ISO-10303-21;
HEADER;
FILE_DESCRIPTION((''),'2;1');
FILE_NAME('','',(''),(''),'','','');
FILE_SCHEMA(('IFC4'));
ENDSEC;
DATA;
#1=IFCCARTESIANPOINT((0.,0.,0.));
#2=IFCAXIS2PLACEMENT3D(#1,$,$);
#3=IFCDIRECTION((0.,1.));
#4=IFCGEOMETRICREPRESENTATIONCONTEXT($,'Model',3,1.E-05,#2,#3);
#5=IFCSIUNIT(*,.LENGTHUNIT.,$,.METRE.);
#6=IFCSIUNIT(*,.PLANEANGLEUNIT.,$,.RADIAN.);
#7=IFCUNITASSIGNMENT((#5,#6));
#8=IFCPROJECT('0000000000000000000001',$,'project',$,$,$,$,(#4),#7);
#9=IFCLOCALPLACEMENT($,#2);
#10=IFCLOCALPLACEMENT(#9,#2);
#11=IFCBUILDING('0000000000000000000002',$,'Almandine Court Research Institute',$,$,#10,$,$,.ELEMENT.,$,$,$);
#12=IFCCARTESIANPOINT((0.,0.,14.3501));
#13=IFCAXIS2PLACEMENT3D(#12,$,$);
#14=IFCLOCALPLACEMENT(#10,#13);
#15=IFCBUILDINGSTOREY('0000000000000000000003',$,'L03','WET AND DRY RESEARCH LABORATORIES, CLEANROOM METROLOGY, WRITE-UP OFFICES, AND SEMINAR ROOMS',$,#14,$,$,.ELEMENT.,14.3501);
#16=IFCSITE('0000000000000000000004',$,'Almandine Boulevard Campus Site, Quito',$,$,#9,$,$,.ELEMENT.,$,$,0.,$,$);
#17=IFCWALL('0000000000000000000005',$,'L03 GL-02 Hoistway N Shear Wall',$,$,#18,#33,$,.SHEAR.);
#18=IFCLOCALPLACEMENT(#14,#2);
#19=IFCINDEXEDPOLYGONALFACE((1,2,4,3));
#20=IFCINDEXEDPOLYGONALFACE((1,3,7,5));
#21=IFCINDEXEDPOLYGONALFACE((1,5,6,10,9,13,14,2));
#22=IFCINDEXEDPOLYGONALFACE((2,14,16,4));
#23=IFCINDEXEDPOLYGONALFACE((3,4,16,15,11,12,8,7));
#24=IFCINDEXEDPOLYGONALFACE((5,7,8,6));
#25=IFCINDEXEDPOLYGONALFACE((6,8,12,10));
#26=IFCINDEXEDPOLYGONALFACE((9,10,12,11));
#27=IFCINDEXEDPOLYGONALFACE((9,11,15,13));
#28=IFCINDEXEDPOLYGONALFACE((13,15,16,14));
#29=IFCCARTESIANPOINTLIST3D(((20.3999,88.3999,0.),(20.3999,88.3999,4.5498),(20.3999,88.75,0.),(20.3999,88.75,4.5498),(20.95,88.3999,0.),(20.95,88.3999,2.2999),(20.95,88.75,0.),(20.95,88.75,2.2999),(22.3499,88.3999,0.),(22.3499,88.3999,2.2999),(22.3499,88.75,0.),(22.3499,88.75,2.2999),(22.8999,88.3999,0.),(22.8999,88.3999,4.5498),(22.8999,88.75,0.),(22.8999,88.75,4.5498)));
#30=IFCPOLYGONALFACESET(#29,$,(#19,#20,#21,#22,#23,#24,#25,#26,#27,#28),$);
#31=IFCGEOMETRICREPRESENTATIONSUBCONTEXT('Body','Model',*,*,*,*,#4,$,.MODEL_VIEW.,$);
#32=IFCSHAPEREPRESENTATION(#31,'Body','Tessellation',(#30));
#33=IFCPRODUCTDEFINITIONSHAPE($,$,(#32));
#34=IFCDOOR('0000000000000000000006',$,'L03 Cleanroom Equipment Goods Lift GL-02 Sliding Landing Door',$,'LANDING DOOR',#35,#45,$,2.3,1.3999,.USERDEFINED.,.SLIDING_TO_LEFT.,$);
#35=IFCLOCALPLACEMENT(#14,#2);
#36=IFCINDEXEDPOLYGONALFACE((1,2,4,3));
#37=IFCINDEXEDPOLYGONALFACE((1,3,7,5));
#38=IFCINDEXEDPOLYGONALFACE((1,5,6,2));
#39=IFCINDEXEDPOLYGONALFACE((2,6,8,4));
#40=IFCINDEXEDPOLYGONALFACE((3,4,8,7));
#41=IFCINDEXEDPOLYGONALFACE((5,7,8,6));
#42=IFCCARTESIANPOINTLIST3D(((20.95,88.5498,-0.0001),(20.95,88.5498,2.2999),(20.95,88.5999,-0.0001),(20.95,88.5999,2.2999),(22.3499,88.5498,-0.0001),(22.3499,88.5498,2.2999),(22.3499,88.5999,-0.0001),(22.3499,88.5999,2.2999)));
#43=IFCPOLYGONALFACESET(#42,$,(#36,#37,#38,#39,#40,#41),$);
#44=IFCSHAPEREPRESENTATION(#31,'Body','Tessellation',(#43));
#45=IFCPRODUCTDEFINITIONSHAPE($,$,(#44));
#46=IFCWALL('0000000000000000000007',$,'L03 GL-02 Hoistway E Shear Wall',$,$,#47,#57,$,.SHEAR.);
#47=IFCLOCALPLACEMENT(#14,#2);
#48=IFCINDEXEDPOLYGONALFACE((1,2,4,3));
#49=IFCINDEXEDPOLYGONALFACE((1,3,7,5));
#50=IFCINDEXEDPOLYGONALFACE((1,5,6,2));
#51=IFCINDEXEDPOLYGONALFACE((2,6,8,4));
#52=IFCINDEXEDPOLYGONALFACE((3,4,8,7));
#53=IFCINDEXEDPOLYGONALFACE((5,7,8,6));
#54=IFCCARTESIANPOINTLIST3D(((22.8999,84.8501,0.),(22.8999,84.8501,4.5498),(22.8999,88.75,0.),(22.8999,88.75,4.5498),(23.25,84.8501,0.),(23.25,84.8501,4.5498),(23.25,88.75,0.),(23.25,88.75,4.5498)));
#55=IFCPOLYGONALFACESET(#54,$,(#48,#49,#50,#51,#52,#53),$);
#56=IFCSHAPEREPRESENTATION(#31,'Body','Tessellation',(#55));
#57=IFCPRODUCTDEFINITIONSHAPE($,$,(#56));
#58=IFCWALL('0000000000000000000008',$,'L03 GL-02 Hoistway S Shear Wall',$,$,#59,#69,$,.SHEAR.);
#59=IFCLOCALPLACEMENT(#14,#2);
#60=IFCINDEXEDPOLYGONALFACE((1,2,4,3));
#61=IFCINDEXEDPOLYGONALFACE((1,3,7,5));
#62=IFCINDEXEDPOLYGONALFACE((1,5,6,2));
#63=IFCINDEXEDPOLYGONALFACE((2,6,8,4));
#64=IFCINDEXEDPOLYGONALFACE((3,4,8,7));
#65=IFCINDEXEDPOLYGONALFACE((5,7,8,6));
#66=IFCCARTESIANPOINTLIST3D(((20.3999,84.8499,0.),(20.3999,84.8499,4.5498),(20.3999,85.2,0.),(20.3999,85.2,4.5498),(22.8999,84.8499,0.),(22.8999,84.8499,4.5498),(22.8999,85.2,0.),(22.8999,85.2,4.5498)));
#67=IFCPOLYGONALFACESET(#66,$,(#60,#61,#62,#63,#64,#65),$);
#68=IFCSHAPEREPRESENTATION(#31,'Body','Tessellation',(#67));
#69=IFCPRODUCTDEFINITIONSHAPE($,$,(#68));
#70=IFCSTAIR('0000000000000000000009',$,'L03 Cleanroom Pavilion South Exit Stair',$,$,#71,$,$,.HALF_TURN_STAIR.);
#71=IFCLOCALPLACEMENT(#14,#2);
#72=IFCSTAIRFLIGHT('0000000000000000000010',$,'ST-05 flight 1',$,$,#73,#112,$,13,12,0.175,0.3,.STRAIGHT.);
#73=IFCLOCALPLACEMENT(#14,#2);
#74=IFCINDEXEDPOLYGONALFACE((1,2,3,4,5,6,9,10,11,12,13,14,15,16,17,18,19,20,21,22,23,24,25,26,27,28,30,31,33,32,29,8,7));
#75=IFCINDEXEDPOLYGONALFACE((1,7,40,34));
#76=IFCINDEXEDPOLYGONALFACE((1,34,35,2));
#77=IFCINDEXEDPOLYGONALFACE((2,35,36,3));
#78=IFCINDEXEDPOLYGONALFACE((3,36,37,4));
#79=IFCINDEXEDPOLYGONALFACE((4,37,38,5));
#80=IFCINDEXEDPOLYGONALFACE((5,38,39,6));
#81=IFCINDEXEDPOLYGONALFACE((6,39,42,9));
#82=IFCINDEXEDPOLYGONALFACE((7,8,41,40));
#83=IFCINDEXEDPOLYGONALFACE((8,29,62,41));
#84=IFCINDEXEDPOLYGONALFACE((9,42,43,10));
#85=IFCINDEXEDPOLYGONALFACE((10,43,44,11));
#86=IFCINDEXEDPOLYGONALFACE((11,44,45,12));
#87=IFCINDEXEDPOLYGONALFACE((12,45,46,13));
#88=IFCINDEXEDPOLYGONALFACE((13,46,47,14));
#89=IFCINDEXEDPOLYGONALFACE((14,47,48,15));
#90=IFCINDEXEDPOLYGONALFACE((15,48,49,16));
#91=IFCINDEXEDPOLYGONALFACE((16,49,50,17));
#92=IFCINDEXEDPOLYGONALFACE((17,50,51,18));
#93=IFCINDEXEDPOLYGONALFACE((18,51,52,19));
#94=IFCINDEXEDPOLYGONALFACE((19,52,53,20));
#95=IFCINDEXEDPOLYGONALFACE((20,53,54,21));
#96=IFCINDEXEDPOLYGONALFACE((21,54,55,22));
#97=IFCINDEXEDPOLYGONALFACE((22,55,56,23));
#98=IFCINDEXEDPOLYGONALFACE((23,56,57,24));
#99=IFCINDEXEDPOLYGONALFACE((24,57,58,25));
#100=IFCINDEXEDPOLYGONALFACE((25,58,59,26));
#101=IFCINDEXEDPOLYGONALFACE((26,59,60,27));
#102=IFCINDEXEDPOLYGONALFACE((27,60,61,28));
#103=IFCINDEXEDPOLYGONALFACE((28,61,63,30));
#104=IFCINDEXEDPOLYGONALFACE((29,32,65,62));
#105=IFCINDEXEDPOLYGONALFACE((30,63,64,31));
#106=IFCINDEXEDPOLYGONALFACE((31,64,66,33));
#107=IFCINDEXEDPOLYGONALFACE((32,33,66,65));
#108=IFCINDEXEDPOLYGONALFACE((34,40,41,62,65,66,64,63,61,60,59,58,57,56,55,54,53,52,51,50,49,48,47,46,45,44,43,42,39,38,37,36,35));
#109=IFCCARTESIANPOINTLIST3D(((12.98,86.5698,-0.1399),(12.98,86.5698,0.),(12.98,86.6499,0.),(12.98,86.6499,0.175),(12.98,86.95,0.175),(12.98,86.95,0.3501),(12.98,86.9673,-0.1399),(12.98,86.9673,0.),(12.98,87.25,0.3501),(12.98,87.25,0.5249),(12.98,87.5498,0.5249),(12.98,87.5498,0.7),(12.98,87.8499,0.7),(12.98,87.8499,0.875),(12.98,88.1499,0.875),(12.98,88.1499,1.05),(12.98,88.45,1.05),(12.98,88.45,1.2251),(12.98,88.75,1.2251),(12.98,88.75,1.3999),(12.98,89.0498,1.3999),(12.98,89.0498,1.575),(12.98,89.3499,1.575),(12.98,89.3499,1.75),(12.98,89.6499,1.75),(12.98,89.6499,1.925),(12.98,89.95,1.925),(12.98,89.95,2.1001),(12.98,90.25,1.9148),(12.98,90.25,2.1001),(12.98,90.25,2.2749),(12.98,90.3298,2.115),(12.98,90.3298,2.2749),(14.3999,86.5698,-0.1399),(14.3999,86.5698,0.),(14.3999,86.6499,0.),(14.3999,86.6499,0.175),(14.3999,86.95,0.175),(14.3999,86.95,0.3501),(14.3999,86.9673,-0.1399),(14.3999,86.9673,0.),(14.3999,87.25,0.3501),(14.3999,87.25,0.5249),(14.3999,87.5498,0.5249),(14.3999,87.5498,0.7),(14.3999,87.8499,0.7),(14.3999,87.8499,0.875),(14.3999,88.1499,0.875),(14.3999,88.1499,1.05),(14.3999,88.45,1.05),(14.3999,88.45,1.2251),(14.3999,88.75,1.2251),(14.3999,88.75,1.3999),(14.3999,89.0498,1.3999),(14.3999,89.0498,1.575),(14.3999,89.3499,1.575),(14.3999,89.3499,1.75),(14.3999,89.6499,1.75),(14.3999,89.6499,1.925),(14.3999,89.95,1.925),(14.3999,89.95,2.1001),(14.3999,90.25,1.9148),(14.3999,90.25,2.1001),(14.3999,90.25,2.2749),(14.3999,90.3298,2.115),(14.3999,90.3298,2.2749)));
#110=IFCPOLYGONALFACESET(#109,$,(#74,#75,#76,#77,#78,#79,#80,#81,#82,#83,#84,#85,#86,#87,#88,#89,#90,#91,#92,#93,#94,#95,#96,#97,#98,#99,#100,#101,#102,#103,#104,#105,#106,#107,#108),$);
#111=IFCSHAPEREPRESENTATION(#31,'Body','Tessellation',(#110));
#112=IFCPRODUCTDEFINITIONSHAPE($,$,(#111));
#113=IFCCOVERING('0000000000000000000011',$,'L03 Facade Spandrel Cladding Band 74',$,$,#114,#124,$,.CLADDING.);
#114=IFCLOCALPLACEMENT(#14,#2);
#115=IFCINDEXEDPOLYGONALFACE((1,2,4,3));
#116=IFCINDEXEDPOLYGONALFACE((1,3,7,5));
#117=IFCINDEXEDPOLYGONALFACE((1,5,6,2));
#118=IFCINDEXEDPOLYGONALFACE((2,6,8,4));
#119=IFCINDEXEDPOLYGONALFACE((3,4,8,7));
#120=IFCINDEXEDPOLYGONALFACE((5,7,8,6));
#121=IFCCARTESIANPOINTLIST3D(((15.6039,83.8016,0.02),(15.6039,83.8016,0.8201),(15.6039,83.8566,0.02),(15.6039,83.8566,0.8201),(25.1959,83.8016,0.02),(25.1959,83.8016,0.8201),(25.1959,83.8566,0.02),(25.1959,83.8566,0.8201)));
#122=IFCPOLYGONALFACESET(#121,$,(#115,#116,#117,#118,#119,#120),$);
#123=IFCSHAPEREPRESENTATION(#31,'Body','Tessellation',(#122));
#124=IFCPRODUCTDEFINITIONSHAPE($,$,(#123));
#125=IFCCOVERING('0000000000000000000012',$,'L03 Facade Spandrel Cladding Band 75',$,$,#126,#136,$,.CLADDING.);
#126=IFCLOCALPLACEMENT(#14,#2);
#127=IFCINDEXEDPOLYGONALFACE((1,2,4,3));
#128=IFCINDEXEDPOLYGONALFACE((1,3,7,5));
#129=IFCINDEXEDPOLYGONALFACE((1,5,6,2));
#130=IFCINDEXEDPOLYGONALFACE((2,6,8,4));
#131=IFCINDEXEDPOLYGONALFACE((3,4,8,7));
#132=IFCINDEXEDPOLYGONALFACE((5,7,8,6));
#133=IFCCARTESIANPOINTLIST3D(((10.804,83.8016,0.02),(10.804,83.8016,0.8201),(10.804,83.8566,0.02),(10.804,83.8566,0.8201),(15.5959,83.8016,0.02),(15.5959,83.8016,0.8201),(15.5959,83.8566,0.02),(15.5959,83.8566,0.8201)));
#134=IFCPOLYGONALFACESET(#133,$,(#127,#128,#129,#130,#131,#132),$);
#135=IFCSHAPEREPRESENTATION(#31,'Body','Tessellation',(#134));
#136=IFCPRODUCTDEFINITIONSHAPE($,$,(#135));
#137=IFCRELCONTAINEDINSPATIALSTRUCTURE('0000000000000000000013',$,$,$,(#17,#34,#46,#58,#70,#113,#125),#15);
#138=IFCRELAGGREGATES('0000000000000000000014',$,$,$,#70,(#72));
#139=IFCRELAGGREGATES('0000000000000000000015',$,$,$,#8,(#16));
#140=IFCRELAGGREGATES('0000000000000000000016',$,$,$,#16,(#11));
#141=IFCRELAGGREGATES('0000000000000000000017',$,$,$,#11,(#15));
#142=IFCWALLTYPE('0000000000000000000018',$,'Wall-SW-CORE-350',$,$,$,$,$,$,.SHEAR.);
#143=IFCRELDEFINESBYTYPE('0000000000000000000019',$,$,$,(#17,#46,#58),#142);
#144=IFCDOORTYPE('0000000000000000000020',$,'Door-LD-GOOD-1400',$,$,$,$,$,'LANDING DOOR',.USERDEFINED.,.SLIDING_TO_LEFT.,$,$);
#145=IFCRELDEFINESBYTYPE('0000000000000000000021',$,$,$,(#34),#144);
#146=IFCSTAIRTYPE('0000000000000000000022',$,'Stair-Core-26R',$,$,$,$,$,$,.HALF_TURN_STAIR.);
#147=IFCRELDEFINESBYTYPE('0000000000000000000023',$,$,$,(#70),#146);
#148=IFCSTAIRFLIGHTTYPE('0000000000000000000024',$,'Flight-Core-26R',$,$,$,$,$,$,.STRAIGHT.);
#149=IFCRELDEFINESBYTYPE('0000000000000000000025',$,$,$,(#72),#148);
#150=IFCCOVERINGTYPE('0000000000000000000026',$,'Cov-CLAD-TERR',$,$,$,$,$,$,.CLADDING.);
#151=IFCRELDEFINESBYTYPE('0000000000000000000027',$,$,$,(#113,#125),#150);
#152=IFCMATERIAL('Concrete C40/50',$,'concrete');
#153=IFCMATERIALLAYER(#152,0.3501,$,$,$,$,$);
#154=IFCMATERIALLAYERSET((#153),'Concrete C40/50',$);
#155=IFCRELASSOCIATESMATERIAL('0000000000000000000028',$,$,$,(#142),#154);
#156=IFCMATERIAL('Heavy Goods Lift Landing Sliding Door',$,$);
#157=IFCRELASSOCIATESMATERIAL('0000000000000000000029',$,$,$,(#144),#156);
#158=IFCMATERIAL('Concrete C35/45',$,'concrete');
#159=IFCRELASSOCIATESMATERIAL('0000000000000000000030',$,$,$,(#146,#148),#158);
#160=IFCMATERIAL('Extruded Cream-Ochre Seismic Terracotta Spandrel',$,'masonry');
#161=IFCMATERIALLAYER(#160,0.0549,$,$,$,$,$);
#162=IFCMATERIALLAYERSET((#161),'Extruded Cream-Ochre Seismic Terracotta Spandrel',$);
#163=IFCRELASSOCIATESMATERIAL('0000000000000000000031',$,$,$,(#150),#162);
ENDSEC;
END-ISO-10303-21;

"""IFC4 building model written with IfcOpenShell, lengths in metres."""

from ifc_helpers import new_model, si_unit, direction, frame, frame_2d, origin, origin_2d, place, context, subcontext, project, spatial, polyline, rectangle, outline, extrude, material, layer, layer_set, type_object, element, fill, aggregate, save


model = new_model("IFC4")

# Units and contexts
model_context = context("Model", 3, precision=1e-05, world=origin(), true_north=direction((0.0, 1.0)))
body_context = subcontext(model_context, "Body", "Model", "MODEL_VIEW")
ifc_project = project(units=[si_unit("LENGTHUNIT", "METRE"), si_unit("PLANEANGLEUNIT", "RADIAN")], contexts=[model_context])

# Site, building, storey
site_placement = place(None, origin())
site = spatial("IfcSite", under=ifc_project, at=site_placement, Name="Almandine Boulevard Campus Site, Quito", CompositionType="ELEMENT", RefElevation=0.0)
building_placement = place(site_placement, origin())
building = spatial("IfcBuilding", under=site, at=building_placement, Name="Almandine Court Research Institute", CompositionType="ELEMENT")
storey_placement = place(building_placement, frame((0.0, 0.0, 14.3501)))
storey = spatial("IfcBuildingStorey", under=building, at=storey_placement, Name="L03", Description="WET AND DRY RESEARCH LABORATORIES, CLEANROOM METROLOGY, WRITE-UP OFFICES, AND SEMINAR ROOMS", CompositionType="ELEMENT", Elevation=14.3501)

# Shared definitions
ifc_material_1 = material(Name="Concrete C40/50", Category="concrete")
ifc_layer_1 = layer(ifc_material_1, 0.3501)
ifc_layer_set_1 = layer_set([ifc_layer_1], Name="Concrete C40/50")
wall_type_1 = type_object("IfcWallType", Name="Wall-SW-CORE-350", PredefinedType="SHEAR", material=ifc_layer_set_1)

# Wall, opening, door
wall_1_placement = place(storey_placement, frame((20.3999, 88.575, 0.0), z_axis=(0.0, 0.0, 1.0), x_axis=(1.0, 0.0, 0.0)))
wall_1 = element("IfcWall", 1, at=wall_1_placement, inside=storey, type_object=wall_type_1, Name="L03 GL-02 Hoistway N Shear Wall", PredefinedType="SHEAR", context=body_context, shape_type="SweptSolid", body=[
    extrude(rectangle(XDim=2.5, YDim=0.3501, at=frame_2d((1.25, 0.0))), origin(), (0.0, 0.0, 1.0), 4.5498),
])
opening_1_placement = place(wall_1_placement, frame((0.55, 0.0, 0.0)))
opening_1 = element("IfcOpeningElement", 2, at=opening_1_placement, cuts=wall_1, PredefinedType="OPENING", context=body_context, shape_type="SweptSolid", body=[
    extrude(rectangle(XDim=1.3999, YDim=2.3, at=frame_2d((0.7, 1.1499))), frame((0.0, 0.1851, 0.0), z_axis=(0.0, -1.0, 0.0), x_axis=(1.0, 0.0, 0.0)), (0.0, 0.0, 1.0), 0.3701),
])
ifc_material_2 = material(Name="Heavy Goods Lift Landing Sliding Door")
door_type_1 = type_object("IfcDoorType", Name="Door-LD-GOOD-1400", ElementType="LANDING DOOR", OperationType="SLIDING_TO_LEFT", PredefinedType="USERDEFINED", material=ifc_material_2)
door_1_placement = place(opening_1_placement, origin())
door_1 = element("IfcDoor", 3, at=door_1_placement, inside=storey, type_object=door_type_1, Name="L03 Cleanroom Equipment Goods Lift GL-02 Sliding Landing Door", ObjectType="LANDING DOOR", OperationType="SLIDING_TO_LEFT", OverallHeight=2.3, OverallWidth=1.3999, PredefinedType="USERDEFINED", context=body_context, shape_type="SweptSolid", body=[
    extrude(rectangle(XDim=1.3999, YDim=2.3, at=frame_2d((0.7, 1.1499))), frame((0.0, 0.0249, 0.0), z_axis=(0.0, -1.0, 0.0), x_axis=(1.0, 0.0, 0.0)), (0.0, 0.0, 1.0), 0.05),
])
fill(opening_1, door_1)

# Walls
wall_2_placement = place(storey_placement, frame((23.075, 88.75, 0.0), z_axis=(0.0, 0.0, 1.0), x_axis=(0.0, -1.0, 0.0)))
element("IfcWall", 4, at=wall_2_placement, inside=storey, type_object=wall_type_1, Name="L03 GL-02 Hoistway E Shear Wall", PredefinedType="SHEAR", context=body_context, shape_type="SweptSolid", body=[
    extrude(rectangle(XDim=3.8999, YDim=0.3501, at=frame_2d((1.95, 0.0))), origin(), (0.0, 0.0, 1.0), 4.5498),
])
wall_3_placement = place(storey_placement, frame((22.8999, 85.0249, 0.0), z_axis=(0.0, 0.0, 1.0), x_axis=(-1.0, 0.0, 0.0)))
element("IfcWall", 5, at=wall_3_placement, inside=storey, type_object=wall_type_1, Name="L03 GL-02 Hoistway S Shear Wall", PredefinedType="SHEAR", context=body_context, shape_type="SweptSolid", body=[
    extrude(rectangle(XDim=2.5, YDim=0.3501, at=frame_2d((1.25, 0.0))), origin(), (0.0, 0.0, 1.0), 4.5498),
])

# Stair, stair flight
ifc_material_3 = material(Name="Concrete C35/45", Category="concrete")
stair_type = type_object("IfcStairType", Name="Stair-Core-26R", PredefinedType="HALF_TURN_STAIR", material=ifc_material_3)
stair_placement = place(storey_placement, origin())
stair = element("IfcStair", 6, at=stair_placement, inside=storey, type_object=stair_type, Name="L03 Cleanroom Pavilion South Exit Stair", PredefinedType="HALF_TURN_STAIR")
stair_flight_type = type_object("IfcStairFlightType", Name="Flight-Core-26R", PredefinedType="STRAIGHT", material=ifc_material_3)
stair_flight_placement = place(storey_placement, frame((13.6899, 86.6499, 0.0), z_axis=(0.0, 0.0, 1.0), x_axis=(0.0, 1.0, 0.0)))
stair_flight = element("IfcStairFlight", 7, at=stair_flight_placement, type_object=stair_flight_type, Name="ST-05 flight 1", NumberOfRisers=13, NumberOfTreads=12, PredefinedType="STRAIGHT", RiserHeight=0.175, TreadLength=0.3, context=body_context, shape_type="SweptSolid", body=[
    extrude(outline(polyline([(-0.0801, -0.1399), (-0.0801, 0.0), (0.0, 0.0), (0.0, 0.175), (0.3, 0.175), (0.3, 0.3501), (0.6001, 0.3501), (0.6001, 0.5249), (0.8999, 0.5249), (0.8999, 0.7), (1.2, 0.7), (1.2, 0.875), (1.5, 0.875), (1.5, 1.05), (1.8, 1.05), (1.8, 1.2251), (2.1001, 1.2251), (2.1001, 1.3999), (2.3999, 1.3999), (2.3999, 1.575), (2.7, 1.575), (2.7, 1.75), (3.0, 1.75), (3.0, 1.925), (3.3, 1.925), (3.3, 2.1001), (3.6001, 2.1001), (3.6001, 2.2749), (3.6799, 2.2749), (3.6799, 2.115), (3.6001, 1.9148), (0.3174, 0.0), (0.3174, -0.1399), (-0.0801, -0.1399)])), frame((0.0, 0.71, 0.0), z_axis=(0.0, -1.0, 0.0), x_axis=(1.0, 0.0, 0.0)), (0.0, 0.0, 1.0), 1.4199),
])
aggregate(stair, [stair_flight])

# Coverings
ifc_material_4 = material(Name="Extruded Cream-Ochre Seismic Terracotta Spandrel", Category="masonry")
ifc_layer_2 = layer(ifc_material_4, 0.0549)
ifc_layer_set_2 = layer_set([ifc_layer_2], Name="Extruded Cream-Ochre Seismic Terracotta Spandrel")
covering_type = type_object("IfcCoveringType", Name="Cov-CLAD-TERR", PredefinedType="CLADDING", material=ifc_layer_set_2)
covering_1_placement = place(storey_placement, frame((20.3999, 83.8291, 0.02), z_axis=(0.0, 0.0, 1.0), x_axis=(-1.0, 0.0, 0.0)))
element("IfcCovering", 8, at=covering_1_placement, inside=storey, type_object=covering_type, Name="L03 Facade Spandrel Cladding Band 74", PredefinedType="CLADDING", context=body_context, shape_type="SweptSolid", body=[
    extrude(rectangle(XDim=9.592, YDim=0.0549, at=origin_2d()), origin(), (0.0, 0.0, 1.0), 0.8),
])
covering_2_placement = place(storey_placement, frame((13.2, 83.8291, 0.02), z_axis=(0.0, 0.0, 1.0), x_axis=(-1.0, 0.0, 0.0)))
element("IfcCovering", 9, at=covering_2_placement, inside=storey, type_object=covering_type, Name="L03 Facade Spandrel Cladding Band 75", PredefinedType="CLADDING", context=body_context, shape_type="SweptSolid", body=[
    extrude(rectangle(XDim=4.792, YDim=0.0549, at=origin_2d()), origin(), (0.0, 0.0, 1.0), 0.8),
])

save(model, "model.ifc")
